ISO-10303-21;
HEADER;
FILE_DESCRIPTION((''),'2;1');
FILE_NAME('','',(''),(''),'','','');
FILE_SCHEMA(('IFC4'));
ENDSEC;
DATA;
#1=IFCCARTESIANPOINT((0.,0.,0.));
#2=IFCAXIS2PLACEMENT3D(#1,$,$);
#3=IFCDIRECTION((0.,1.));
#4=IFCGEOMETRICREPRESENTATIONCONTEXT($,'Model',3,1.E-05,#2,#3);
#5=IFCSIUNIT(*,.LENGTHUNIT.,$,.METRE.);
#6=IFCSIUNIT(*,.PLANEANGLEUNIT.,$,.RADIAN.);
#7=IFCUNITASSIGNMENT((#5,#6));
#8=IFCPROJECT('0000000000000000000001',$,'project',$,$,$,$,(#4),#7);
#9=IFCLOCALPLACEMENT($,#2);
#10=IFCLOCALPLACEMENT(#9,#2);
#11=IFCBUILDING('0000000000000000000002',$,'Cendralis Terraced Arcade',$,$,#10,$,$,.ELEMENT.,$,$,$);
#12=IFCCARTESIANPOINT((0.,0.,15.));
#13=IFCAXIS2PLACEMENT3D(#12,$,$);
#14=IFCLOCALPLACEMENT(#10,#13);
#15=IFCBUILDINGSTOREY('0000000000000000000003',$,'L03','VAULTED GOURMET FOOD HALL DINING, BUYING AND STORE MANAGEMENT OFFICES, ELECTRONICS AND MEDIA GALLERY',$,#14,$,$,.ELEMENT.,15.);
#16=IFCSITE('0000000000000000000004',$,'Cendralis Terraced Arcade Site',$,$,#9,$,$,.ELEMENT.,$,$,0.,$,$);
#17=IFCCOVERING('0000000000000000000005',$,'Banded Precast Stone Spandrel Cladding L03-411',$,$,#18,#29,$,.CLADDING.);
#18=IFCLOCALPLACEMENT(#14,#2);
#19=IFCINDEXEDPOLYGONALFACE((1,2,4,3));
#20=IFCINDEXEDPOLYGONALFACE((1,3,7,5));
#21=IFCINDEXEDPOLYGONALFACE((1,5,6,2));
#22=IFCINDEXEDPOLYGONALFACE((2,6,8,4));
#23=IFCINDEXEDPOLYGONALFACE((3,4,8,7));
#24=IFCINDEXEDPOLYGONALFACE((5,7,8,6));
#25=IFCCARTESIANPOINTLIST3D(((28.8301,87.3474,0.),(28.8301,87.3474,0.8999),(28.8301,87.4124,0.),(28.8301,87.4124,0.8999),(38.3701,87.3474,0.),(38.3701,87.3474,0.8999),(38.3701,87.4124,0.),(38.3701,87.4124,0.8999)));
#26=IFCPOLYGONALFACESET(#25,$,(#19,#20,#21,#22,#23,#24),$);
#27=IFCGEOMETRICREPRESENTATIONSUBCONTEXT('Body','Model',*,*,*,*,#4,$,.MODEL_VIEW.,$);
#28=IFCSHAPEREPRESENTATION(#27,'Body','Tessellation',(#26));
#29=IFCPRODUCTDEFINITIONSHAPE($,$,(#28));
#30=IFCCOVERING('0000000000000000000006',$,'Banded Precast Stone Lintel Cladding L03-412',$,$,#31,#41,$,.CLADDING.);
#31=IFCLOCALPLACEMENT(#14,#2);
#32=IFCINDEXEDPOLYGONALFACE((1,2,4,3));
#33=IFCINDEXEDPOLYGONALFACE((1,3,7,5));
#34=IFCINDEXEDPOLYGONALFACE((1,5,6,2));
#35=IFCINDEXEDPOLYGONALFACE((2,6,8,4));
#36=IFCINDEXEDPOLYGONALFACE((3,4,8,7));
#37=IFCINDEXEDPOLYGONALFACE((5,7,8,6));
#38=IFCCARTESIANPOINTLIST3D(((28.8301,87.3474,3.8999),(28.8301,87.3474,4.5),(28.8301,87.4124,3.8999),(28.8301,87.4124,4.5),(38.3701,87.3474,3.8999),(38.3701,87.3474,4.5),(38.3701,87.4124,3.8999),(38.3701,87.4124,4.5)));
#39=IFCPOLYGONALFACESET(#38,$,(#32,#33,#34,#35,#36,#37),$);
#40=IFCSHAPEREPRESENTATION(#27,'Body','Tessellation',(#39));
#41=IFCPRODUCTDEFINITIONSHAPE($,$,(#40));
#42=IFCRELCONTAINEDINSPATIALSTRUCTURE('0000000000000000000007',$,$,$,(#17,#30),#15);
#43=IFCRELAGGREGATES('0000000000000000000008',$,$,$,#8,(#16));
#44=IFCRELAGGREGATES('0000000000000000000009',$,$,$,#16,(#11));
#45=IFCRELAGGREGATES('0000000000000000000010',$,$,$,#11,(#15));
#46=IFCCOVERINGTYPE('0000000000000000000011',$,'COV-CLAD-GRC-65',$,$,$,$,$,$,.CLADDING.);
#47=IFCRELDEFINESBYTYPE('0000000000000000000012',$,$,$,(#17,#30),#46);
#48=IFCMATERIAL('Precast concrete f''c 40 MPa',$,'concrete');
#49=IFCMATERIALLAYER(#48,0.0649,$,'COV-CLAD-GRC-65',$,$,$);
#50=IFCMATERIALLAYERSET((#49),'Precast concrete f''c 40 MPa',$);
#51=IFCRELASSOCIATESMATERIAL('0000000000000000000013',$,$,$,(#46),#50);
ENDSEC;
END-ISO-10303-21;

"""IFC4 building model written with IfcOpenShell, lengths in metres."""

from ifc_helpers import new_model, si_unit, direction, frame, origin, origin_2d, place, context, subcontext, project, spatial, rectangle, extrude, material, layer, layer_set, type_object, element, save


model = new_model("IFC4")

# Units and contexts
model_context = context("Model", 3, precision=1e-05, world=origin(), true_north=direction((0.0, 1.0)))
body_context = subcontext(model_context, "Body", "Model", "MODEL_VIEW")
ifc_project = project(units=[si_unit("LENGTHUNIT", "METRE"), si_unit("PLANEANGLEUNIT", "RADIAN")], contexts=[model_context])

# Site, building, storey
site_placement = place(None, origin())
site = spatial("IfcSite", under=ifc_project, at=site_placement, Name="Cendralis Terraced Arcade Site", CompositionType="ELEMENT", RefElevation=0.0)
building_placement = place(site_placement, origin())
building = spatial("IfcBuilding", under=site, at=building_placement, Name="Cendralis Terraced Arcade", CompositionType="ELEMENT")
storey_placement = place(building_placement, frame((0.0, 0.0, 15.0)))
storey = spatial("IfcBuildingStorey", under=building, at=storey_placement, Name="L03", Description="VAULTED GOURMET FOOD HALL DINING, BUYING AND STORE MANAGEMENT OFFICES, ELECTRONICS AND MEDIA GALLERY", CompositionType="ELEMENT", Elevation=15.0)

# Shared definitions
ifc_material_1 = material(Name="Precast concrete f'c 40 MPa", Category="concrete")

# Coverings
ifc_layer_1 = layer(ifc_material_1, 0.0649, Name="COV-CLAD-GRC-65")
ifc_layer_set_1 = layer_set([ifc_layer_1], Name="Precast concrete f'c 40 MPa")
covering_type = type_object("IfcCoveringType", Name="COV-CLAD-GRC-65", PredefinedType="CLADDING", material=ifc_layer_set_1)
covering_1_placement = place(storey_placement, frame((33.6001, 87.3799, 0.0), z_axis=(0.0, 0.0, 1.0), x_axis=(1.0, 0.0, 0.0)))
element("IfcCovering", 1, at=covering_1_placement, inside=storey, type_object=covering_type, Name="Banded Precast Stone Spandrel Cladding L03-411", PredefinedType="CLADDING", context=body_context, shape_type="SweptSolid", body=[
    extrude(rectangle(XDim=9.54, YDim=0.0649, at=origin_2d()), origin(), (0.0, 0.0, 1.0), 0.8999),
])
covering_2_placement = place(storey_placement, frame((33.6001, 87.3799, 3.8999), z_axis=(0.0, 0.0, 1.0), x_axis=(1.0, 0.0, 0.0)))
element("IfcCovering", 2, at=covering_2_placement, inside=storey, type_object=covering_type, Name="Banded Precast Stone Lintel Cladding L03-412", PredefinedType="CLADDING", context=body_context, shape_type="SweptSolid", body=[
    extrude(rectangle(XDim=9.54, YDim=0.0649, at=origin_2d()), origin(), (0.0, 0.0, 1.0), 0.6001),
])

save(model, "model.ifc")
